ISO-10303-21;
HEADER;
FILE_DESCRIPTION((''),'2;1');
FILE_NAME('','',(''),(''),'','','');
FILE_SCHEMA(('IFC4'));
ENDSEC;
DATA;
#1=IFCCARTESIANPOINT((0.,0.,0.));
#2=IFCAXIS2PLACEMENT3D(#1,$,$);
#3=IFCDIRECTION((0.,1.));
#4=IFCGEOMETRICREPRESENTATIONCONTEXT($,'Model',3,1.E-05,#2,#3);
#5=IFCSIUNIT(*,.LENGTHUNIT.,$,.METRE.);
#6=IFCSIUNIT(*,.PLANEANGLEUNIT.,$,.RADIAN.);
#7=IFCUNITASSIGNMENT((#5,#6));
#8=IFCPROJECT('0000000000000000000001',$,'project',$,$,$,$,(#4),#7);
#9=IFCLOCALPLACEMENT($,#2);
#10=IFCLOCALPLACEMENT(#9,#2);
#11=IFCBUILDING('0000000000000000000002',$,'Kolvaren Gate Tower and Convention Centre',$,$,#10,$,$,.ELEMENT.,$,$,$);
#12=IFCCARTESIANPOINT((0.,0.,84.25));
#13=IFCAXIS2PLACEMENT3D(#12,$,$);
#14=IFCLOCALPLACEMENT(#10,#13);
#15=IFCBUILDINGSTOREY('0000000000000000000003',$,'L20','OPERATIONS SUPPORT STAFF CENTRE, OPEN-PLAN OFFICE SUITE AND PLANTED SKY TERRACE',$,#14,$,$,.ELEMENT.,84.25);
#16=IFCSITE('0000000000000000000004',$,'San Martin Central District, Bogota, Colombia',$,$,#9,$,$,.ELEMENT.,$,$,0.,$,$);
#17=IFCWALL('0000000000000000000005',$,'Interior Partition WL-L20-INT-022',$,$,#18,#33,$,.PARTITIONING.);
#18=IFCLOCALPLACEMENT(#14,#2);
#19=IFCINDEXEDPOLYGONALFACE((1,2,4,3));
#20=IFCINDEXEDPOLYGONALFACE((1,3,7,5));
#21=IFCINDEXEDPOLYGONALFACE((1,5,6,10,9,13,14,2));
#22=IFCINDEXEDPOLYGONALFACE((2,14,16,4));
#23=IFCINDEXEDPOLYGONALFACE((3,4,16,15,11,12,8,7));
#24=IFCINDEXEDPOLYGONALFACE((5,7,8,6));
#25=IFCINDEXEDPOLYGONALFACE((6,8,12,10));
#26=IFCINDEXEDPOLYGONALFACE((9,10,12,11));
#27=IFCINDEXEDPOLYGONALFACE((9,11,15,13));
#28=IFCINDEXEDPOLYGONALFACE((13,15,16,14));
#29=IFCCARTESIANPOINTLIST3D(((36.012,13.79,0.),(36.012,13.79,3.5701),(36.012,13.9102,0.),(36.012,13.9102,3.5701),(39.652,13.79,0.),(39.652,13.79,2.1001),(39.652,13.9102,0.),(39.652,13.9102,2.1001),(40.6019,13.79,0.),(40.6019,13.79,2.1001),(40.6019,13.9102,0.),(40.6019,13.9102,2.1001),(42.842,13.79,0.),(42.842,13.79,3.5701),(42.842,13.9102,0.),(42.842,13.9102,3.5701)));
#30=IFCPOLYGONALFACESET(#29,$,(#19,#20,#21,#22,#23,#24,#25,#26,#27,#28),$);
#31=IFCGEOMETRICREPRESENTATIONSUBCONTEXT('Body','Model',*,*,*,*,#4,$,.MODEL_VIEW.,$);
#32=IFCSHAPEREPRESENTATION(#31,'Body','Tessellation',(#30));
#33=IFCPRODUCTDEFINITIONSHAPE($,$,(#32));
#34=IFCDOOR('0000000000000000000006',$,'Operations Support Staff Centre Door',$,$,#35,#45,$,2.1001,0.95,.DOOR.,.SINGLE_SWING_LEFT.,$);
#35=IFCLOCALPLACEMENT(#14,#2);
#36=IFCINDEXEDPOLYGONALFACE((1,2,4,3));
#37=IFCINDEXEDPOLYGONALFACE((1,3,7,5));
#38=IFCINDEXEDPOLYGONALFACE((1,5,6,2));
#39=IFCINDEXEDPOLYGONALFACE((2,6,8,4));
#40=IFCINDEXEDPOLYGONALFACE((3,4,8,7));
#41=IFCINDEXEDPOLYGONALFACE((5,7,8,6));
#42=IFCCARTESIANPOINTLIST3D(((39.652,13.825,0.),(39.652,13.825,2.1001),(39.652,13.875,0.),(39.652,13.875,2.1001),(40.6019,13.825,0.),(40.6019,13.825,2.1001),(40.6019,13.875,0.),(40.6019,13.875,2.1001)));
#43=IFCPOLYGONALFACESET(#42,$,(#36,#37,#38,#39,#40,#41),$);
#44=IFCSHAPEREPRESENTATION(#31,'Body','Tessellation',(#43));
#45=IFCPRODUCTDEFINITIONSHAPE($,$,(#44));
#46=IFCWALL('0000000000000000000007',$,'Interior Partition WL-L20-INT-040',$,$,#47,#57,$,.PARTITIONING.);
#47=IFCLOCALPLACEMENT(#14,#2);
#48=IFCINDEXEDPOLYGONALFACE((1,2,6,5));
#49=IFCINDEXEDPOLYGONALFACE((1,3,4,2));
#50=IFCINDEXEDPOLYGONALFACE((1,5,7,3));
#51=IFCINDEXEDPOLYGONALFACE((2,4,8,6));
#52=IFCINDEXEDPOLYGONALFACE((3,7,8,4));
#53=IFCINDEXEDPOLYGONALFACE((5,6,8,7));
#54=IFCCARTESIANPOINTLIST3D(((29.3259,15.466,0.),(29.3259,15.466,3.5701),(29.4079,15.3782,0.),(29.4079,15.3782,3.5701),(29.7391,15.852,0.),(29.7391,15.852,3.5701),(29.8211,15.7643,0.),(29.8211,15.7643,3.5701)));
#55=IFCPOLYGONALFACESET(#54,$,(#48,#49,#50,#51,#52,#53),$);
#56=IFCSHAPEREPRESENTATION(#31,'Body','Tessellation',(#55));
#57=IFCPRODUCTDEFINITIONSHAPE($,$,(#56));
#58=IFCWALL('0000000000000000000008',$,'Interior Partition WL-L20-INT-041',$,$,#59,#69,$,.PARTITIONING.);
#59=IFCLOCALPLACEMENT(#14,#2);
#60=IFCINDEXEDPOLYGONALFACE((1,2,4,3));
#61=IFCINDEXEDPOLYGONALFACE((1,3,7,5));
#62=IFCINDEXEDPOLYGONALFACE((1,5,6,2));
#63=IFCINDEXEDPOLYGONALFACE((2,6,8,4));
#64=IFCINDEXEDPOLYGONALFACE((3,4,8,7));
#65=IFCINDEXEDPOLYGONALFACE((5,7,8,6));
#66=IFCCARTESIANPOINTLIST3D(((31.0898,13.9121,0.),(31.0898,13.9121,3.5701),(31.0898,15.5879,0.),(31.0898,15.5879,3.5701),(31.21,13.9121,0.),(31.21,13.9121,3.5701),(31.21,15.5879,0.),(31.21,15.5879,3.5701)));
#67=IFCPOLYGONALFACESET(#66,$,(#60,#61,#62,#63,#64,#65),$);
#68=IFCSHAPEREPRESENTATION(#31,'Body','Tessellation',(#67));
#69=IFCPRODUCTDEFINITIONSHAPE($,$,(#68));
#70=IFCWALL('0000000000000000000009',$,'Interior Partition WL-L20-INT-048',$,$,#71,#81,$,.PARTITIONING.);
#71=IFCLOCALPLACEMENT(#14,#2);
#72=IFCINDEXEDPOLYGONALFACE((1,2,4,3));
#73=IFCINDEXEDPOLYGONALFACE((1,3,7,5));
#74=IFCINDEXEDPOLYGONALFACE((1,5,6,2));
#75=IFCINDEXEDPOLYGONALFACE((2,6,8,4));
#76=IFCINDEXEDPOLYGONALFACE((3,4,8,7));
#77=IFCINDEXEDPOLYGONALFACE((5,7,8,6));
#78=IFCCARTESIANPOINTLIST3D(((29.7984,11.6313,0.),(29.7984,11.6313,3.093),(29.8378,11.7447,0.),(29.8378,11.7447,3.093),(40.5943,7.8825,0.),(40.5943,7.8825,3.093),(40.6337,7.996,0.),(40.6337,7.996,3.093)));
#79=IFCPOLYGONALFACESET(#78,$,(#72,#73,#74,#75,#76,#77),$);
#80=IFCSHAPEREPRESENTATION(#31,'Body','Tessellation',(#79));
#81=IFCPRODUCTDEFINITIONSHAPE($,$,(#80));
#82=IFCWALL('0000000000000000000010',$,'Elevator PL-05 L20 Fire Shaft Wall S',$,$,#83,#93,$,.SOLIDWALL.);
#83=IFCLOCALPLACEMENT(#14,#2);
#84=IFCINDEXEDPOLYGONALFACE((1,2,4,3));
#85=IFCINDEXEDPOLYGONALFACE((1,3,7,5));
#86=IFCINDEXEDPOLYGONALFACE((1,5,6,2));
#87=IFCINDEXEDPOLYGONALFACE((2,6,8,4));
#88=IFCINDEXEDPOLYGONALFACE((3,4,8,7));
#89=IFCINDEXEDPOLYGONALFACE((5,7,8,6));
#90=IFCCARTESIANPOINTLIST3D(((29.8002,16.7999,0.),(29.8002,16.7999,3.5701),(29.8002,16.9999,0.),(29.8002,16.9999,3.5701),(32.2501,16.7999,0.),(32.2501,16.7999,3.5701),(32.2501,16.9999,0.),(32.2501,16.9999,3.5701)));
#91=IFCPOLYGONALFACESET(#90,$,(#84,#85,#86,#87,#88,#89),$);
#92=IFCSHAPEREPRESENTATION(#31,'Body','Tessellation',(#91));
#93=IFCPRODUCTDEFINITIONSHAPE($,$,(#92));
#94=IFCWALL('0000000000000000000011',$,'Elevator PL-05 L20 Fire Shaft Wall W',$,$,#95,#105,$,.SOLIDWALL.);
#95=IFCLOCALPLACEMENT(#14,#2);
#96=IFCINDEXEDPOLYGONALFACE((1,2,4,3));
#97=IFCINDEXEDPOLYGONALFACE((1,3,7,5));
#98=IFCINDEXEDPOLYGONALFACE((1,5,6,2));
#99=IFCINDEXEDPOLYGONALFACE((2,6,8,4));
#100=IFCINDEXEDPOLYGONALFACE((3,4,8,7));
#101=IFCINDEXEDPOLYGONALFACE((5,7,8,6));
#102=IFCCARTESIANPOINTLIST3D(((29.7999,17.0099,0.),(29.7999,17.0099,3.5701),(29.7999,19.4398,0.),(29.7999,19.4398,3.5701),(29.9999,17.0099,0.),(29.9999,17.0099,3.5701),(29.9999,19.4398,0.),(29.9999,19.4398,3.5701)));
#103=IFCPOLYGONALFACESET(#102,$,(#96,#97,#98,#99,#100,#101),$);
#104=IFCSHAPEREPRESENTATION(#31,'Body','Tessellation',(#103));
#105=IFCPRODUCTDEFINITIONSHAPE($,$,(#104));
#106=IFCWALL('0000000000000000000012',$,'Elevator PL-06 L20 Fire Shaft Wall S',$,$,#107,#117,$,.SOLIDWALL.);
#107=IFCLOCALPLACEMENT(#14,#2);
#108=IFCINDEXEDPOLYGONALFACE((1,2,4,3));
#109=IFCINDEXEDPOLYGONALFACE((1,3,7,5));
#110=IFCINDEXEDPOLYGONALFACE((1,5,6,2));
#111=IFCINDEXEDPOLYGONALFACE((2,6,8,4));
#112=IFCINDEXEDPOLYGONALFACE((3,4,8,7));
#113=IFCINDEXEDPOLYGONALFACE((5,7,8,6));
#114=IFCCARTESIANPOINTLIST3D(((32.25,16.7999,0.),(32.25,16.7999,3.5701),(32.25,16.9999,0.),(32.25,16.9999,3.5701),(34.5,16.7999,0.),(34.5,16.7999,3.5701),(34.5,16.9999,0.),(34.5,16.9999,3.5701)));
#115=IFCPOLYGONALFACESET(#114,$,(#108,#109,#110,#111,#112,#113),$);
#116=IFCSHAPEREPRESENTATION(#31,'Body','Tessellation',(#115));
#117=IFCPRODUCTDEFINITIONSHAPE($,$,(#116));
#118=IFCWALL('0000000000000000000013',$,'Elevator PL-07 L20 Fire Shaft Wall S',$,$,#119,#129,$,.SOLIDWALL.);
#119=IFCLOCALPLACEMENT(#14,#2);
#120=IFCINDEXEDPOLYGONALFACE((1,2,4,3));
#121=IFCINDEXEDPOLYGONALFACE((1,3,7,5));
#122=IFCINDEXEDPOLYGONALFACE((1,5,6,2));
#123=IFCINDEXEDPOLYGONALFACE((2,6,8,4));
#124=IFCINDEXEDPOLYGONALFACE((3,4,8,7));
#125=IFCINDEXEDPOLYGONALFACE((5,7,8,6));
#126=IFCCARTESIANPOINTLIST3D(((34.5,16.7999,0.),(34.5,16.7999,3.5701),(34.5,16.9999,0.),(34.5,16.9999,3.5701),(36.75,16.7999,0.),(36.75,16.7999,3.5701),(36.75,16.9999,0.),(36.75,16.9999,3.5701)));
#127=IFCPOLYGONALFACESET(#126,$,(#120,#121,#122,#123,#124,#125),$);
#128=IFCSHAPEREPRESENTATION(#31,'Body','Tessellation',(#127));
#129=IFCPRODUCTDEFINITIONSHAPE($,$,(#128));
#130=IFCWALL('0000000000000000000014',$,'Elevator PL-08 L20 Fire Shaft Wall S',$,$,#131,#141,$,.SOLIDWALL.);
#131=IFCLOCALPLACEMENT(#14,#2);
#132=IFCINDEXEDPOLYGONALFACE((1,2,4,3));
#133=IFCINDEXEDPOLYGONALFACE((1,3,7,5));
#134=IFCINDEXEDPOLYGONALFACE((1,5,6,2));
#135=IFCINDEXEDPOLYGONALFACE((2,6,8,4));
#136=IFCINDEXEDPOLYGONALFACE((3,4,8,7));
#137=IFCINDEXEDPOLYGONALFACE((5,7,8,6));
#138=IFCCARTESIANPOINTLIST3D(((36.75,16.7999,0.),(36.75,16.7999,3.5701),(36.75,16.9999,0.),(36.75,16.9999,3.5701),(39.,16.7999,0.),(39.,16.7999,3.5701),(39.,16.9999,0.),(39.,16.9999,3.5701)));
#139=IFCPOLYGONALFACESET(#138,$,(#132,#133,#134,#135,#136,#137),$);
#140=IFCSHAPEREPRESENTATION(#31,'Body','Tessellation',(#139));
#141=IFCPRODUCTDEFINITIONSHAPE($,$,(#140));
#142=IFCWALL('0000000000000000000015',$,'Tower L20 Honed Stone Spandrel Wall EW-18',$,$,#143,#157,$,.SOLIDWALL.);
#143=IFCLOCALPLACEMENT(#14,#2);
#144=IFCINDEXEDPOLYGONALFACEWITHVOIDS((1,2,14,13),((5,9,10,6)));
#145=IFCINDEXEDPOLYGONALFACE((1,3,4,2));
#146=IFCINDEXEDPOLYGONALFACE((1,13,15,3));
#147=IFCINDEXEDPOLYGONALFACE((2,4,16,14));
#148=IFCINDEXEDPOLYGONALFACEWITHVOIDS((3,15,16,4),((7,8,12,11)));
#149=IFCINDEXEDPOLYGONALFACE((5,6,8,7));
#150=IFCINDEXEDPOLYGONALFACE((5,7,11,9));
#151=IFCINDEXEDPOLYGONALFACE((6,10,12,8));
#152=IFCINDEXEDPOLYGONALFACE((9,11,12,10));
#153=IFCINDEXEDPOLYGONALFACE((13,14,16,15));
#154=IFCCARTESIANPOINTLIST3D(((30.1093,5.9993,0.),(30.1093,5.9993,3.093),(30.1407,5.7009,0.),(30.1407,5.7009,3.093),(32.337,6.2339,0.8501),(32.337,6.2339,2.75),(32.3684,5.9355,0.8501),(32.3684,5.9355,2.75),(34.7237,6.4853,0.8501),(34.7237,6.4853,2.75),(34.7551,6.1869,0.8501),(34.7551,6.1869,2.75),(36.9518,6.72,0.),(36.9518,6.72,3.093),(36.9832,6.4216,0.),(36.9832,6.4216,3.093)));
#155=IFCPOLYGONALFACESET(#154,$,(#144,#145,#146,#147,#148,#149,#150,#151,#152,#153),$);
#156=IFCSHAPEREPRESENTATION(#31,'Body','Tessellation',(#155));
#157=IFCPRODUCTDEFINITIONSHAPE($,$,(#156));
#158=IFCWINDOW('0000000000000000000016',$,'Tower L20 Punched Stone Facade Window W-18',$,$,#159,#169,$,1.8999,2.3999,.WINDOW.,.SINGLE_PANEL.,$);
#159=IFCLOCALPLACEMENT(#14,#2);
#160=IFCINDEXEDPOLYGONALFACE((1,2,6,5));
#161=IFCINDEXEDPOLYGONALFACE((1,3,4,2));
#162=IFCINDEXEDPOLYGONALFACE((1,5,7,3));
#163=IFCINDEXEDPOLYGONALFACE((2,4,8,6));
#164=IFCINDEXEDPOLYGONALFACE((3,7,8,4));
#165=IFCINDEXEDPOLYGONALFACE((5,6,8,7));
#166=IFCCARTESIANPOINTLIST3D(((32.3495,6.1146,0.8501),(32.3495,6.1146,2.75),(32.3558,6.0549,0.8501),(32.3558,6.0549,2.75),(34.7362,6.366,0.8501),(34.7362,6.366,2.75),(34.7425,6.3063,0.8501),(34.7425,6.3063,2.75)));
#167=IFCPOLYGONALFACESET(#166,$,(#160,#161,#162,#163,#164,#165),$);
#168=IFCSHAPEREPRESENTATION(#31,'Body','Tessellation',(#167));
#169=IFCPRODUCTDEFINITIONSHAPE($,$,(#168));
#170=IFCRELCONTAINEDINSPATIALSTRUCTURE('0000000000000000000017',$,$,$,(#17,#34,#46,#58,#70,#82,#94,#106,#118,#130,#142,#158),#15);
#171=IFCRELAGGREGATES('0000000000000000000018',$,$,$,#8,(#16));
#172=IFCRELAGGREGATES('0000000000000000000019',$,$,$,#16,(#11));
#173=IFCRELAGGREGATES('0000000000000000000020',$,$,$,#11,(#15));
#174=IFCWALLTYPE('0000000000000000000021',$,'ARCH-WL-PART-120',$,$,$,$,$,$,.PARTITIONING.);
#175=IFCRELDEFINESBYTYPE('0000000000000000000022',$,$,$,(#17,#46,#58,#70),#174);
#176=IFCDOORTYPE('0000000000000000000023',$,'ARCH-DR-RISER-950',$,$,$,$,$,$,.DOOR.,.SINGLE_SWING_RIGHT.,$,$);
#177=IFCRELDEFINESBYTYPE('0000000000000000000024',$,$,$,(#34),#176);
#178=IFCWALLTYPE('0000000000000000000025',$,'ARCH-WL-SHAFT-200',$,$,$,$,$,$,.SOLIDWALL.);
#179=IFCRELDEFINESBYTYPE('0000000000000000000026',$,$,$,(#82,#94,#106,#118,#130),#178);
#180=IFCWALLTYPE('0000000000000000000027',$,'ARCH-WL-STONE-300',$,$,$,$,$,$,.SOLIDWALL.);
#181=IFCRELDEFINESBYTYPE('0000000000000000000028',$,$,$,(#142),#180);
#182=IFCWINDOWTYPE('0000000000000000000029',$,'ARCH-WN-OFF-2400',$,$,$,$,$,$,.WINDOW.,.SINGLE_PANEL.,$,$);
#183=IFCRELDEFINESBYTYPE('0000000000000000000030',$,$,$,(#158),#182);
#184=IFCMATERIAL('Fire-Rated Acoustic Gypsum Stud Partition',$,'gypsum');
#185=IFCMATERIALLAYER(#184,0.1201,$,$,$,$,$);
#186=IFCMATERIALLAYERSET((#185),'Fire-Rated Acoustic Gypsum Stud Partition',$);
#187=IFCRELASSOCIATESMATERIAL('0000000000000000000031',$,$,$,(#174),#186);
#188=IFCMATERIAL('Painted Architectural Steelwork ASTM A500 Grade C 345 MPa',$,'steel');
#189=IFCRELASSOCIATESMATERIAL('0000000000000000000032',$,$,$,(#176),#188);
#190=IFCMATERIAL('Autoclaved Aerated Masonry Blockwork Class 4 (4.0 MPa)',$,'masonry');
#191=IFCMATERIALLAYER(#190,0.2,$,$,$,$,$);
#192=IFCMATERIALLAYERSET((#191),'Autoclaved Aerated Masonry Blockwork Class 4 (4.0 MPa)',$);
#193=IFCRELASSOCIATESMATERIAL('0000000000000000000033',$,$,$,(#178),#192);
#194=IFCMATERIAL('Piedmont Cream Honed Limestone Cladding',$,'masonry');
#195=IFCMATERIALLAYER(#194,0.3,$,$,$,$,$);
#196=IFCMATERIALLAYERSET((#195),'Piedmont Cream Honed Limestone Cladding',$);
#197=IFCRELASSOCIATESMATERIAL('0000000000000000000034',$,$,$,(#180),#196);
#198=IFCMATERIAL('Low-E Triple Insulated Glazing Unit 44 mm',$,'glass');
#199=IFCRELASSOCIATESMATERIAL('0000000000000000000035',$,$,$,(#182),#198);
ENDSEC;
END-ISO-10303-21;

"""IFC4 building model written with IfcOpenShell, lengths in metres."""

from ifc_helpers import new_model, si_unit, direction, frame, frame_2d, origin, place, context, subcontext, project, spatial, rectangle, extrude, material, layer, layer_set, type_object, element, fill, save


model = new_model("IFC4")

# Units and contexts
model_context = context("Model", 3, precision=1e-05, world=origin(), true_north=direction((0.0, 1.0)))
body_context = subcontext(model_context, "Body", "Model", "MODEL_VIEW")
ifc_project = project(units=[si_unit("LENGTHUNIT", "METRE"), si_unit("PLANEANGLEUNIT", "RADIAN")], contexts=[model_context])

# Site, building, storey
site_placement = place(None, origin())
site = spatial("IfcSite", under=ifc_project, at=site_placement, Name="San Martin Central District, Bogota, Colombia", CompositionType="ELEMENT", RefElevation=0.0)
building_placement = place(site_placement, origin())
building = spatial("IfcBuilding", under=site, at=building_placement, Name="Kolvaren Gate Tower and Convention Centre", CompositionType="ELEMENT")
storey_placement = place(building_placement, frame((0.0, 0.0, 84.25)))
storey = spatial("IfcBuildingStorey", under=building, at=storey_placement, Name="L20", Description="OPERATIONS SUPPORT STAFF CENTRE, OPEN-PLAN OFFICE SUITE AND PLANTED SKY TERRACE", CompositionType="ELEMENT", Elevation=84.25)

# Shared definitions
ifc_material_1 = material(Name="Fire-Rated Acoustic Gypsum Stud Partition", Category="gypsum")
ifc_layer_1 = layer(ifc_material_1, 0.1201)
ifc_layer_set_1 = layer_set([ifc_layer_1], Name="Fire-Rated Acoustic Gypsum Stud Partition")
wall_type_1 = type_object("IfcWallType", Name="ARCH-WL-PART-120", PredefinedType="PARTITIONING", material=ifc_layer_set_1)

# Wall, opening, door
wall_1_placement = place(storey_placement, frame((36.012, 13.8501, 0.0), z_axis=(0.0, 0.0, 1.0), x_axis=(1.0, 0.0, 0.0)))
wall_1 = element("IfcWall", 1, at=wall_1_placement, inside=storey, type_object=wall_type_1, Name="Interior Partition WL-L20-INT-022", PredefinedType="PARTITIONING", context=body_context, shape_type="SweptSolid", body=[
    extrude(rectangle(XDim=6.8301, YDim=0.1201, at=frame_2d((3.415, 0.0))), origin(), (0.0, 0.0, 1.0), 3.5701),
])
opening_1_placement = place(wall_1_placement, frame((3.6399, 0.0, 0.0)))
opening_1 = element("IfcOpeningElement", 2, at=opening_1_placement, cuts=wall_1, PredefinedType="OPENING", context=body_context, shape_type="SweptSolid", body=[
    extrude(rectangle(XDim=0.95, YDim=2.1001, at=frame_2d((0.4751, 1.05))), frame((0.0, 0.0701, 0.0), z_axis=(0.0, -1.0, 0.0), x_axis=(1.0, 0.0, 0.0)), (0.0, 0.0, 1.0), 0.1401),
])
ifc_material_2 = material(Name="Painted Architectural Steelwork ASTM A500 Grade C 345 MPa", Category="steel")
door_type = type_object("IfcDoorType", Name="ARCH-DR-RISER-950", OperationType="SINGLE_SWING_RIGHT", PredefinedType="DOOR", material=ifc_material_2)
door_placement = place(opening_1_placement, origin())
door = element("IfcDoor", 3, at=door_placement, inside=storey, type_object=door_type, Name="Operations Support Staff Centre Door", OperationType="SINGLE_SWING_LEFT", OverallHeight=2.1001, OverallWidth=0.95, PredefinedType="DOOR", context=body_context, shape_type="SweptSolid", body=[
    extrude(rectangle(XDim=0.95, YDim=2.1001, at=frame_2d((0.4751, 1.05))), frame((0.0, 0.0249, 0.0), z_axis=(0.0, -1.0, 0.0), x_axis=(1.0, 0.0, 0.0)), (0.0, 0.0, 1.0), 0.05),
])
fill(opening_1, door)

# Walls
wall_2_placement = place(storey_placement, frame((29.3669, 15.4221, 0.0), z_axis=(0.0, 0.0, 1.0), x_axis=(0.730667, 0.682734, 0.0)))
element("IfcWall", 4, at=wall_2_placement, inside=storey, type_object=wall_type_1, Name="Interior Partition WL-L20-INT-040", PredefinedType="PARTITIONING", context=body_context, shape_type="SweptSolid", body=[
    extrude(rectangle(XDim=0.5654, YDim=0.1201, at=frame_2d((0.2827, 0.0))), origin(), (0.0, 0.0, 1.0), 3.5701),
])
wall_3_placement = place(storey_placement, frame((31.1499, 13.9121, 0.0), z_axis=(0.0, 0.0, 1.0), x_axis=(0.0, 1.0, 0.0)))
element("IfcWall", 5, at=wall_3_placement, inside=storey, type_object=wall_type_1, Name="Interior Partition WL-L20-INT-041", PredefinedType="PARTITIONING", context=body_context, shape_type="SweptSolid", body=[
    extrude(rectangle(XDim=1.6758, YDim=0.1201, at=frame_2d((0.8379, 0.0))), origin(), (0.0, 0.0, 1.0), 3.5701),
])
wall_4_placement = place(storey_placement, frame((29.8181, 11.688, 0.0), z_axis=(0.0, 0.0, 1.0), x_axis=(0.944668, -0.328028, 0.0)))
element("IfcWall", 6, at=wall_4_placement, inside=storey, type_object=wall_type_1, Name="Interior Partition WL-L20-INT-048", PredefinedType="PARTITIONING", context=body_context, shape_type="SweptSolid", body=[
    extrude(rectangle(XDim=11.4282, YDim=0.1201, at=frame_2d((5.7141, 0.0))), origin(), (0.0, 0.0, 1.0), 3.093),
])
ifc_material_3 = material(Name="Autoclaved Aerated Masonry Blockwork Class 4 (4.0 MPa)", Category="masonry")
ifc_layer_2 = layer(ifc_material_3, 0.2)
ifc_layer_set_2 = layer_set([ifc_layer_2], Name="Autoclaved Aerated Masonry Blockwork Class 4 (4.0 MPa)")
wall_type_2 = type_object("IfcWallType", Name="ARCH-WL-SHAFT-200", PredefinedType="SOLIDWALL", material=ifc_layer_set_2)
wall_5_placement = place(storey_placement, frame((29.8, 16.8999, 0.0), z_axis=(0.0, 0.0, 1.0), x_axis=(1.0, 0.0, 0.0)))
element("IfcWall", 7, at=wall_5_placement, inside=storey, type_object=wall_type_2, Name="Elevator PL-05 L20 Fire Shaft Wall S", PredefinedType="SOLIDWALL", context=body_context, shape_type="SweptSolid", body=[
    extrude(rectangle(XDim=2.45, YDim=0.2, at=frame_2d((1.2251, 0.0))), origin(), (0.0, 0.0, 1.0), 3.5701),
])
wall_6_placement = place(storey_placement, frame((29.8999, 17.01, 0.0), z_axis=(0.0, 0.0, 1.0), x_axis=(0.0, 1.0, 0.0)))
element("IfcWall", 8, at=wall_6_placement, inside=storey, type_object=wall_type_2, Name="Elevator PL-05 L20 Fire Shaft Wall W", PredefinedType="SOLIDWALL", context=body_context, shape_type="SweptSolid", body=[
    extrude(rectangle(XDim=2.4299, YDim=0.2, at=frame_2d((1.2148, 0.0))), origin(), (0.0, 0.0, 1.0), 3.5701),
])
for number, where, z_axis, x_axis, name in (
    (9, (32.25, 16.8999, 0.0), (0.0, 0.0, 1.0), (1.0, 0.0, 0.0), "Elevator PL-06 L20 Fire Shaft Wall S"),
    (10, (34.5, 16.8999, 0.0), (0.0, 0.0, 1.0), (1.0, 0.0, 0.0), "Elevator PL-07 L20 Fire Shaft Wall S"),
    (11, (36.75, 16.8999, 0.0), (0.0, 0.0, 1.0), (1.0, 0.0, 0.0), "Elevator PL-08 L20 Fire Shaft Wall S"),
):
    element("IfcWall", number, at=place(storey_placement, frame(where, z_axis=z_axis, x_axis=x_axis)), inside=storey, type_object=wall_type_2, Name=name, PredefinedType="SOLIDWALL", context=body_context, shape_type="SweptSolid", body=[
        extrude(rectangle(XDim=2.25, YDim=0.2, at=frame_2d((1.125, 0.0))), origin(), (0.0, 0.0, 1.0), 3.5701),
    ])

# Wall, opening, window
ifc_material_4 = material(Name="Piedmont Cream Honed Limestone Cladding", Category="masonry")
ifc_layer_3 = layer(ifc_material_4, 0.3)
ifc_layer_set_3 = layer_set([ifc_layer_3], Name="Piedmont Cream Honed Limestone Cladding")
wall_type_3 = type_object("IfcWallType", Name="ARCH-WL-STONE-300", PredefinedType="SOLIDWALL", material=ifc_layer_set_3)
wall_7_placement = place(storey_placement, frame((30.125, 5.8501, 0.0), z_axis=(0.0, 0.0, 1.0), x_axis=(0.994499, 0.104748, 0.0)))
wall_7 = element("IfcWall", 12, at=wall_7_placement, inside=storey, type_object=wall_type_3, Name="Tower L20 Honed Stone Spandrel Wall EW-18", PredefinedType="SOLIDWALL", context=body_context, shape_type="SweptSolid", body=[
    extrude(rectangle(XDim=6.8804, YDim=0.3, at=frame_2d((3.4402, 0.0))), origin(), (0.0, 0.0, 1.0), 3.093),
])
opening_2_placement = place(wall_7_placement, frame((2.24, 0.0, 0.8501)))
opening_2 = element("IfcOpeningElement", 13, at=opening_2_placement, cuts=wall_7, PredefinedType="OPENING", context=body_context, shape_type="SweptSolid", body=[
    extrude(rectangle(XDim=2.3999, YDim=1.8999, at=frame_2d((1.2, 0.95))), frame((0.0, 0.1599, 0.0), z_axis=(0.0, -1.0, 0.0), x_axis=(1.0, 0.0, 0.0)), (0.0, 0.0, 1.0), 0.3201),
])
ifc_material_5 = material(Name="Low-E Triple Insulated Glazing Unit 44 mm", Category="glass")
window_type = type_object("IfcWindowType", Name="ARCH-WN-OFF-2400", PartitioningType="SINGLE_PANEL", PredefinedType="WINDOW", material=ifc_material_5)
window_placement = place(opening_2_placement, origin())
window = element("IfcWindow", 14, at=window_placement, inside=storey, type_object=window_type, Name="Tower L20 Punched Stone Facade Window W-18", OverallHeight=1.8999, OverallWidth=2.3999, PartitioningType="SINGLE_PANEL", PredefinedType="WINDOW", context=body_context, shape_type="SweptSolid", body=[
    extrude(rectangle(XDim=2.3999, YDim=1.8999, at=frame_2d((1.2, 0.95))), frame((0.0, 0.03, 0.0), z_axis=(0.0, -1.0, 0.0), x_axis=(1.0, 0.0, 0.0)), (0.0, 0.0, 1.0), 0.0601),
])
fill(opening_2, window)

save(model, "model.ifc")
